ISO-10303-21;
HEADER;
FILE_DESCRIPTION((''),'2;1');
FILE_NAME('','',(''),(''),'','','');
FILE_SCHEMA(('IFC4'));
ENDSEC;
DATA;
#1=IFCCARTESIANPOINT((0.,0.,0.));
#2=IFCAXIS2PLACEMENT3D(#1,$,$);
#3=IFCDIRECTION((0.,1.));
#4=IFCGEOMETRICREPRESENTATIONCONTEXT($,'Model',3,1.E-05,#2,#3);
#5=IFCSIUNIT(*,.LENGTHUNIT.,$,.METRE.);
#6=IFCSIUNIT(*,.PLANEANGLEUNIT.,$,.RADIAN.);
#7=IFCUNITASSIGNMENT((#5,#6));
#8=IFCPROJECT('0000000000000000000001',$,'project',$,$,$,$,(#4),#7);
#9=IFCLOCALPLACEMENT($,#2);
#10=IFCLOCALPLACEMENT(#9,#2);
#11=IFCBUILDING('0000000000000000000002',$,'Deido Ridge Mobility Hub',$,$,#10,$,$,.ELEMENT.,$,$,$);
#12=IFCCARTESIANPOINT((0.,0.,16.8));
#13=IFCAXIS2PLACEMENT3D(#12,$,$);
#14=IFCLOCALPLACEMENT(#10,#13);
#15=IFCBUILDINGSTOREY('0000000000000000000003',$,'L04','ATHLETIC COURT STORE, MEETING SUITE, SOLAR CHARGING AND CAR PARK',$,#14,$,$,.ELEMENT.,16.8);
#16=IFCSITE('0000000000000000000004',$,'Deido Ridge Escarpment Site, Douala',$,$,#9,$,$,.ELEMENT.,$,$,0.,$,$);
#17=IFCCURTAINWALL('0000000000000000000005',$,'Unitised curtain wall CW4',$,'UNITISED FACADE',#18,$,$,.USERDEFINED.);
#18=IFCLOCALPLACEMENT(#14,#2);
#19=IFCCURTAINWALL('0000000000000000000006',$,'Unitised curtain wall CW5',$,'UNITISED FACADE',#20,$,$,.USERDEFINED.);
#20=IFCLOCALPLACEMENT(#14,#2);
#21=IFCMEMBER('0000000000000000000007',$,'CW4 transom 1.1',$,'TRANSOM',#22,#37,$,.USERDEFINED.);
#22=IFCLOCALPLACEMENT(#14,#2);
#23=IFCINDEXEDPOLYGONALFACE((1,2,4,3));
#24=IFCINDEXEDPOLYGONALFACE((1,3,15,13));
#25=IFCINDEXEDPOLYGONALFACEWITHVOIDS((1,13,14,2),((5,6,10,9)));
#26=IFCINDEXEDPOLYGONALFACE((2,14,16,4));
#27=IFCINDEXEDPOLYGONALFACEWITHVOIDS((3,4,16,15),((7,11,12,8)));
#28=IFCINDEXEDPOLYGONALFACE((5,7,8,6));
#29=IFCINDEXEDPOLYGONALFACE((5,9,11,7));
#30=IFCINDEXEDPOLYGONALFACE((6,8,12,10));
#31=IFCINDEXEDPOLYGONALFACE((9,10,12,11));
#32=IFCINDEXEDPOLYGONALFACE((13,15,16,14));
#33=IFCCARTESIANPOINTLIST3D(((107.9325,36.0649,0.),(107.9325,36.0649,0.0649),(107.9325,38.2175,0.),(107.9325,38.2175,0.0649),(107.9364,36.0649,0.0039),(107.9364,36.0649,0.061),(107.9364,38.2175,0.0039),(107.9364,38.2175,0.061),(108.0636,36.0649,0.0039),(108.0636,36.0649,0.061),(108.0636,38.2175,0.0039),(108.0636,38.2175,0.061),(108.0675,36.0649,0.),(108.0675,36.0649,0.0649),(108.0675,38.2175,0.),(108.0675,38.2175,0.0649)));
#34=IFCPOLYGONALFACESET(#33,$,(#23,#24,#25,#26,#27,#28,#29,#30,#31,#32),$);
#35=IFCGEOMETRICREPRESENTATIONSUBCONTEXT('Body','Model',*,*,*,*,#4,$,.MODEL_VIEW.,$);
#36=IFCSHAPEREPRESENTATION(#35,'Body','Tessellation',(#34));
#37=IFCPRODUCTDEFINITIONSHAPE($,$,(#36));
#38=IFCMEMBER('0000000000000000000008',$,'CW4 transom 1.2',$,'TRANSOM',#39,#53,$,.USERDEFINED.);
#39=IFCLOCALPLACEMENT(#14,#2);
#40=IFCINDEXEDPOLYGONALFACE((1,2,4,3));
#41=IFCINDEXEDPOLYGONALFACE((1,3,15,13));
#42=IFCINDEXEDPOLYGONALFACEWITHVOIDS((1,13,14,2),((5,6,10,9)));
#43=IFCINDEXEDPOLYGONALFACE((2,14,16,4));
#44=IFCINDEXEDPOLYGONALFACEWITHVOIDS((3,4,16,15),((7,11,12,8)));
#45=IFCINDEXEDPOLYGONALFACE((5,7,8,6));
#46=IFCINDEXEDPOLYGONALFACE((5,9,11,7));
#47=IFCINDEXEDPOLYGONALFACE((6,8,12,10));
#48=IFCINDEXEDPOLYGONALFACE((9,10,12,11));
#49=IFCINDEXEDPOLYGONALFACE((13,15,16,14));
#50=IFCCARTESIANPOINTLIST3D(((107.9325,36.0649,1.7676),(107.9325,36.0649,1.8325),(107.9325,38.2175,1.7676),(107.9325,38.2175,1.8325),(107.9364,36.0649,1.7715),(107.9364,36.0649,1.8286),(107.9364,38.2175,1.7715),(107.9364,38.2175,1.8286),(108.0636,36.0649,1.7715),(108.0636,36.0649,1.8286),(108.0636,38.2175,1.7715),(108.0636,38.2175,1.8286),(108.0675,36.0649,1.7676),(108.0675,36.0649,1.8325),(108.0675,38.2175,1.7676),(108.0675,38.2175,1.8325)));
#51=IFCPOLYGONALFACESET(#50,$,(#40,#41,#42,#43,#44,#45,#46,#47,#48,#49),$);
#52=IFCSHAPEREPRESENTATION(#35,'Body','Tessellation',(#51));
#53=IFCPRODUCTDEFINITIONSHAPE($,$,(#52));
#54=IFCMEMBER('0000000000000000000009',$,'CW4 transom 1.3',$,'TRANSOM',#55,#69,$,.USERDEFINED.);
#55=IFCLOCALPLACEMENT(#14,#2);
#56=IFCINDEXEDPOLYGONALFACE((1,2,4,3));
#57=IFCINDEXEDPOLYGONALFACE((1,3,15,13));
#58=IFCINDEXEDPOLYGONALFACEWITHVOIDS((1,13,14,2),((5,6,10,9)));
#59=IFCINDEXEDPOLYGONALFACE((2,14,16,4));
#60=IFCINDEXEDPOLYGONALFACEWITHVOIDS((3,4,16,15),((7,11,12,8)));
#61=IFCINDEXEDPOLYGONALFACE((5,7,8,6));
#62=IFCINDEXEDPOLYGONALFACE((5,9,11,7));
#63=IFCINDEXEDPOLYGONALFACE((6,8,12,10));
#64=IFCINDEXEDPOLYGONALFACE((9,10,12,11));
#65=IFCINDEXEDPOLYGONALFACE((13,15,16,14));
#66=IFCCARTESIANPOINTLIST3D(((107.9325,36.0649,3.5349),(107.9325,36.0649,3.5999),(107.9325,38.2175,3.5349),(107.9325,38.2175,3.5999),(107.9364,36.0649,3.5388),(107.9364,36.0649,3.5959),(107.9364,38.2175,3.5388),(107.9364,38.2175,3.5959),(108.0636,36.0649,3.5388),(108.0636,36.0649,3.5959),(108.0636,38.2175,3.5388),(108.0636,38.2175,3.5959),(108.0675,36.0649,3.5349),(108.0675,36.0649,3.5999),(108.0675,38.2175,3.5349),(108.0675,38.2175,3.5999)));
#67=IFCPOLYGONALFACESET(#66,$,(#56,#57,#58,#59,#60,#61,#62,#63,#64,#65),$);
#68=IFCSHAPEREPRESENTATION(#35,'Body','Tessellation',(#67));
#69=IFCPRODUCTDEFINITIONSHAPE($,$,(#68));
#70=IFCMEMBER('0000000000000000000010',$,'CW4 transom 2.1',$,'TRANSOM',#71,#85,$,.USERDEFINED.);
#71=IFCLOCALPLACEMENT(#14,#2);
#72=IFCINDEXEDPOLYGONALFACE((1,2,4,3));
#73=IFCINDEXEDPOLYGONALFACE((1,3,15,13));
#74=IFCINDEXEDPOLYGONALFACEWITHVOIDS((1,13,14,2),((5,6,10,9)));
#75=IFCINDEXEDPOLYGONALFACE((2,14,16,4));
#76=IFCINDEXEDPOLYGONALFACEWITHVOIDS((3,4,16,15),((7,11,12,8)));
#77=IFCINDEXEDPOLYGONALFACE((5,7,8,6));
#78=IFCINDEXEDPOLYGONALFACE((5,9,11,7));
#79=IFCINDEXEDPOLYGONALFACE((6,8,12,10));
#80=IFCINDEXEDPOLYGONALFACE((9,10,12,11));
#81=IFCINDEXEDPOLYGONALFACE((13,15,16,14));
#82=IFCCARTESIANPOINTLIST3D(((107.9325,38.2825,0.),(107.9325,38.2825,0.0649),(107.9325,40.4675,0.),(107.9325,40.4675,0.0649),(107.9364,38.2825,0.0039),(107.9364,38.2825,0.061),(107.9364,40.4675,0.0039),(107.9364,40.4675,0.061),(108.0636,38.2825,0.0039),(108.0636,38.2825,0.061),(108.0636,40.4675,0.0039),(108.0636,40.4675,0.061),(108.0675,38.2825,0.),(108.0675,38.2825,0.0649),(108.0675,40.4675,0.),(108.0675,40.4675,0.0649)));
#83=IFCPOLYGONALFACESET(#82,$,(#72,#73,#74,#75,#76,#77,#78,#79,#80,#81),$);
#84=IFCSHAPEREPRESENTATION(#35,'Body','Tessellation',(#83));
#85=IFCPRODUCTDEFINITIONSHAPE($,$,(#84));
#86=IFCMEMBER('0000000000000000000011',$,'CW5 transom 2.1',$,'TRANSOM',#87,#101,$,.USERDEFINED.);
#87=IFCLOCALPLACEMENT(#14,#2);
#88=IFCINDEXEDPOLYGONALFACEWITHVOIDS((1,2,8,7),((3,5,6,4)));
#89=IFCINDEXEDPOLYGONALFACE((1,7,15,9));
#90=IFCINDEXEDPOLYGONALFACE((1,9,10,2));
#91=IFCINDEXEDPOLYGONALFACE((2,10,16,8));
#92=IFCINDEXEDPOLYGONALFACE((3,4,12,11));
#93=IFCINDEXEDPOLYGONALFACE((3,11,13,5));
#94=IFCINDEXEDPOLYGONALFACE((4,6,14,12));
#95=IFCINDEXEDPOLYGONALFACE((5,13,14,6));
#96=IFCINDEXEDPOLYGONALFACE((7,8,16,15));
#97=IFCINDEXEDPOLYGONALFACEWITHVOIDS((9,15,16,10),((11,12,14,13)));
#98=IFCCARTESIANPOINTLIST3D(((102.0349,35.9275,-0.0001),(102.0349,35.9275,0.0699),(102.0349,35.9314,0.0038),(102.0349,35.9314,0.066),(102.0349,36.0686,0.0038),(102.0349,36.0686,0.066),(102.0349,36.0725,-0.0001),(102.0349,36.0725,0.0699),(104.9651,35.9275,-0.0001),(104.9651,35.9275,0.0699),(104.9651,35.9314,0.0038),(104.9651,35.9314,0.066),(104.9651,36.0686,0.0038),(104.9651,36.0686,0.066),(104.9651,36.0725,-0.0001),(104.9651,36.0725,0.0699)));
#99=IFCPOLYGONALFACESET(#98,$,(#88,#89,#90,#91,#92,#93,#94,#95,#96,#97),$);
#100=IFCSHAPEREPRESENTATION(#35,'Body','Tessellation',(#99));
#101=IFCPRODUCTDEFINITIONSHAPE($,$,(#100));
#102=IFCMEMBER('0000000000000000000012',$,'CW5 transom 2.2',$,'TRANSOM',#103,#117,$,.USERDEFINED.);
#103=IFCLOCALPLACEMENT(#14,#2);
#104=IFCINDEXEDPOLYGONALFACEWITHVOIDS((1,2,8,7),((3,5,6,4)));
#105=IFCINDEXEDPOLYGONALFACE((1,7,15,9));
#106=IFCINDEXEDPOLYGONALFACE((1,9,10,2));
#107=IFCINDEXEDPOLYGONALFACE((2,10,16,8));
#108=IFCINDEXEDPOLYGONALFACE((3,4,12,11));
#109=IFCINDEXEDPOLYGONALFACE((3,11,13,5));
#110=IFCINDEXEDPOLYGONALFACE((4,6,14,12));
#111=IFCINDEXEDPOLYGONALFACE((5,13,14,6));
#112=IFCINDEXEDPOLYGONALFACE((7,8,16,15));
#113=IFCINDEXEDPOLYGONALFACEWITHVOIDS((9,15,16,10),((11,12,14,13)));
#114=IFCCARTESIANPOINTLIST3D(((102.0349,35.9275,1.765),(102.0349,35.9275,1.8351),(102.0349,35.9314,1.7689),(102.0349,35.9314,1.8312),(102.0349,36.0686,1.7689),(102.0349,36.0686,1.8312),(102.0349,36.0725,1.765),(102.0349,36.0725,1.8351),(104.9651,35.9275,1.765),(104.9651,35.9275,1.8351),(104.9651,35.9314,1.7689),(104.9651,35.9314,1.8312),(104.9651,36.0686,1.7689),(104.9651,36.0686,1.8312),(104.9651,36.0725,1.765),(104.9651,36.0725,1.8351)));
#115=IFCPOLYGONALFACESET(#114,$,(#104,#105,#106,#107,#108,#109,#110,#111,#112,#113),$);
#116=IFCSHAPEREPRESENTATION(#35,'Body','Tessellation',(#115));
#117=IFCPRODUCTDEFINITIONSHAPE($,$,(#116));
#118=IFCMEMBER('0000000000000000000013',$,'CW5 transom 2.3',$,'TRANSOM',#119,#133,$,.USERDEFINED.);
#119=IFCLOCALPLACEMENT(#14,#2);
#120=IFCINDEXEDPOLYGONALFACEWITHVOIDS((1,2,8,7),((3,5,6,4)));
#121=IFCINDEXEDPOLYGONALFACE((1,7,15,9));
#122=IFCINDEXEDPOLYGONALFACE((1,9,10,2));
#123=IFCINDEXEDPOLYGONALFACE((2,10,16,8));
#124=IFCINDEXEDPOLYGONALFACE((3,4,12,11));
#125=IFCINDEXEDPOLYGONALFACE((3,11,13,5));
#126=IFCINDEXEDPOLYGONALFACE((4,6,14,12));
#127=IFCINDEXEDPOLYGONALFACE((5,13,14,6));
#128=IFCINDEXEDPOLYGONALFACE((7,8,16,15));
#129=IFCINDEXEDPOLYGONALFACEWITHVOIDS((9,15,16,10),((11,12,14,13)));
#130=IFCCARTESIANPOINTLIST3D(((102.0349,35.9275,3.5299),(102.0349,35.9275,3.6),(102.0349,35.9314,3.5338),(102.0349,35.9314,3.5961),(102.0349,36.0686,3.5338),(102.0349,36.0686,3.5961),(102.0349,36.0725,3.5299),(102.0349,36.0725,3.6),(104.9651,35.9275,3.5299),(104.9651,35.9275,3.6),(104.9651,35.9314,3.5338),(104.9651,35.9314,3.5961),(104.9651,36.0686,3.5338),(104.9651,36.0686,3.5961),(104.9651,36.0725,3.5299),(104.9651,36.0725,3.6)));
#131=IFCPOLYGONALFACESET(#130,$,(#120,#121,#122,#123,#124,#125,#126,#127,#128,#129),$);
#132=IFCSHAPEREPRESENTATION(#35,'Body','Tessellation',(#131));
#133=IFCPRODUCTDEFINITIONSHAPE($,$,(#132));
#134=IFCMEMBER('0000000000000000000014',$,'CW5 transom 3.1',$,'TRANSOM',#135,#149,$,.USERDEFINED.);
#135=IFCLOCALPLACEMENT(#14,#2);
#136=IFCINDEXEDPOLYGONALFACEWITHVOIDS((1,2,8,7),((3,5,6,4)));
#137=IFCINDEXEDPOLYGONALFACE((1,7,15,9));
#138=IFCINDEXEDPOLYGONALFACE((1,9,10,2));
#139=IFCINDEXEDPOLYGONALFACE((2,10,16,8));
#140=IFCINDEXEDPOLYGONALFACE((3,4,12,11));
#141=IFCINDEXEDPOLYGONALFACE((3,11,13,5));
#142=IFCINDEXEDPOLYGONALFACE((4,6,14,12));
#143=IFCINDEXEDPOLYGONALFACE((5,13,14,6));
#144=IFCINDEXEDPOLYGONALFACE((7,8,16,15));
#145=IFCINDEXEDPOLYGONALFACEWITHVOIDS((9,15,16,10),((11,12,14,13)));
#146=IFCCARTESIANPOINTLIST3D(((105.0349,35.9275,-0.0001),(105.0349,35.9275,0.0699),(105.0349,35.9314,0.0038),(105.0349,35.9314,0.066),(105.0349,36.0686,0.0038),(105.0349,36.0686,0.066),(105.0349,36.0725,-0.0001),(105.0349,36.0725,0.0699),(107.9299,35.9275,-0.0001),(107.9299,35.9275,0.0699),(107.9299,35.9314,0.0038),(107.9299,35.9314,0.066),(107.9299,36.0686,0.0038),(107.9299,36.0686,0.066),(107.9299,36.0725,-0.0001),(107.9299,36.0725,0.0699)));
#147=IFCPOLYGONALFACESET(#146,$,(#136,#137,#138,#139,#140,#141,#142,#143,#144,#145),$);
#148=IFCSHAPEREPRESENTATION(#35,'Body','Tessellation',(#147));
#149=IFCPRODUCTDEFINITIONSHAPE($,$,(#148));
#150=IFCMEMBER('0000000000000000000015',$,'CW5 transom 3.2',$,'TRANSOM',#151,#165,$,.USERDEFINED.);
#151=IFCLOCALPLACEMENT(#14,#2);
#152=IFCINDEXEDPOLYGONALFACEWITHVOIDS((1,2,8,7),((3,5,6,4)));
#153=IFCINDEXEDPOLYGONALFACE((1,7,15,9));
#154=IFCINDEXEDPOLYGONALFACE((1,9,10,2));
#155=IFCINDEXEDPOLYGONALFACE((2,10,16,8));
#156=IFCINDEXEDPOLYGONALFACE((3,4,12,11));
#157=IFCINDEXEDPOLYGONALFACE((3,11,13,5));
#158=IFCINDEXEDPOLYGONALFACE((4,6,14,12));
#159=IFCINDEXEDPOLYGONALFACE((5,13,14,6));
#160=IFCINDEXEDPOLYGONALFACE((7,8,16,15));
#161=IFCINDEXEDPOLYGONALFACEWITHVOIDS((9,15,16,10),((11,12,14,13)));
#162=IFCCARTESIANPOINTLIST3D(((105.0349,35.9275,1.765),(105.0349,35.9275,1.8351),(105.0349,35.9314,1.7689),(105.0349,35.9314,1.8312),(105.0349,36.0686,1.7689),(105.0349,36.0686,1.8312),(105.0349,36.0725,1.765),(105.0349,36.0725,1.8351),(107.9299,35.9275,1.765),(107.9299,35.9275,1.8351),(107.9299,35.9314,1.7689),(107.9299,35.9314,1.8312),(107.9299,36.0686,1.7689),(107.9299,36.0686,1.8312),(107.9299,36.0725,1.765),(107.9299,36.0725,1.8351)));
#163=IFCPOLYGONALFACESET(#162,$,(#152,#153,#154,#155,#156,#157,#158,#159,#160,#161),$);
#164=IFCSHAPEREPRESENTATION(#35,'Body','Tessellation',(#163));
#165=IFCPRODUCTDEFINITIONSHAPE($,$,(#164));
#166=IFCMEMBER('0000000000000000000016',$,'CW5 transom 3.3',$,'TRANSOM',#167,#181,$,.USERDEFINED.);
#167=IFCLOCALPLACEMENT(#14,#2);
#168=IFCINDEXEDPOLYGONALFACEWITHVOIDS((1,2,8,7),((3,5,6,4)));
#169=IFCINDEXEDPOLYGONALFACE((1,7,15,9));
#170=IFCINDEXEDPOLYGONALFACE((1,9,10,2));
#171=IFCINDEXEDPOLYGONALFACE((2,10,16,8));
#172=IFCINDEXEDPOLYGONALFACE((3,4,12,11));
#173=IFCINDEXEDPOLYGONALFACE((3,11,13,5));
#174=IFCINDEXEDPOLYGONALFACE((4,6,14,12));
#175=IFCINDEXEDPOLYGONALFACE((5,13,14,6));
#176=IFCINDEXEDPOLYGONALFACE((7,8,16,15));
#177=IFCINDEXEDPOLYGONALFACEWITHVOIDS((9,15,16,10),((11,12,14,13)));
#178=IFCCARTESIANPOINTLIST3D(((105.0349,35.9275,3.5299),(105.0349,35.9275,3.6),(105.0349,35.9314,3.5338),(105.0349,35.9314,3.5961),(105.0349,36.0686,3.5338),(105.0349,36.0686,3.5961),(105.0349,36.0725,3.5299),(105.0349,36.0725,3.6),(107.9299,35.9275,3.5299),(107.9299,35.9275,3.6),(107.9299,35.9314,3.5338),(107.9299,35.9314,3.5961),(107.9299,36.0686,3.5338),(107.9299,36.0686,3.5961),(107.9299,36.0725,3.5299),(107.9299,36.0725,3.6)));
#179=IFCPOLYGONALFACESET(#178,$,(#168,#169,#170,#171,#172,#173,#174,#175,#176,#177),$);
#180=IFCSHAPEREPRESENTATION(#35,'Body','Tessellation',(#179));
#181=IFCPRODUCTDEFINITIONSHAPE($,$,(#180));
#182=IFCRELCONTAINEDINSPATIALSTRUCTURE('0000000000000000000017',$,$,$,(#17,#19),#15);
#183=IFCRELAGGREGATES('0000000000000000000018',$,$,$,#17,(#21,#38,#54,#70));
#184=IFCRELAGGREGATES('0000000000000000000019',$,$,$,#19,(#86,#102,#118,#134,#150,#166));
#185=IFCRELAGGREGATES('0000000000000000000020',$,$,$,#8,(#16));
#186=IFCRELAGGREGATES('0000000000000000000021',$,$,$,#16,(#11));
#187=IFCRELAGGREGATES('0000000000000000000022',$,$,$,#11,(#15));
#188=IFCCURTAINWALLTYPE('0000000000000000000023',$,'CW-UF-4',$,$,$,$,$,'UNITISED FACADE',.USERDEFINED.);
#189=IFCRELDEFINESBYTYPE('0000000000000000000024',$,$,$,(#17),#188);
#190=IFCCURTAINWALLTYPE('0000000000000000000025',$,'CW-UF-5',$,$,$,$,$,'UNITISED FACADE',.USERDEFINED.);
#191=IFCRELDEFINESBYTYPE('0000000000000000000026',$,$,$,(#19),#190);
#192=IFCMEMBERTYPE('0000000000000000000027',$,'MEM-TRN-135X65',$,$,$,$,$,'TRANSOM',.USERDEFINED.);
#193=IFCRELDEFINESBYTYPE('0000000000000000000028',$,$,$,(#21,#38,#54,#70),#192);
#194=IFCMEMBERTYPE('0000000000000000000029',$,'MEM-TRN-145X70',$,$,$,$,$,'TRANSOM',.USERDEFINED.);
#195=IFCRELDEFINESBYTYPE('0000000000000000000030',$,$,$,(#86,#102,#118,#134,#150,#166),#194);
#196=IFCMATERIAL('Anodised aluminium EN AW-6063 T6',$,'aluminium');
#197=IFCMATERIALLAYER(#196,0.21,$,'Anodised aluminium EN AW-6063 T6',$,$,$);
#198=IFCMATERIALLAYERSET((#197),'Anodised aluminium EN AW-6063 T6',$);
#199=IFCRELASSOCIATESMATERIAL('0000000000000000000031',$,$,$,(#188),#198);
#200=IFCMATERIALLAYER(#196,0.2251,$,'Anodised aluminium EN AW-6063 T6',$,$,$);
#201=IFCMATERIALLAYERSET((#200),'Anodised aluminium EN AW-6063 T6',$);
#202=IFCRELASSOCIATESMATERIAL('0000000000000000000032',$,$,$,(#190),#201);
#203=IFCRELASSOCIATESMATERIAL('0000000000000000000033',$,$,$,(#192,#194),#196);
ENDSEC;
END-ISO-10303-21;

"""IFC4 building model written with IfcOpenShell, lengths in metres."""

from ifc_helpers import new_model, si_unit, direction, frame, origin, origin_2d, place, context, subcontext, project, spatial, hollow_rectangle, extrude, material, layer, layer_set, material_profile, profile_set, type_object, element, aggregate, save


model = new_model("IFC4")

# Units and contexts
model_context = context("Model", 3, precision=1e-05, world=origin(), true_north=direction((0.0, 1.0)))
body_context = subcontext(model_context, "Body", "Model", "MODEL_VIEW")
ifc_project = project(units=[si_unit("LENGTHUNIT", "METRE"), si_unit("PLANEANGLEUNIT", "RADIAN")], contexts=[model_context])

# Site, building, storey
site_placement = place(None, origin())
site = spatial("IfcSite", under=ifc_project, at=site_placement, Name="Deido Ridge Escarpment Site, Douala", CompositionType="ELEMENT", RefElevation=0.0)
building_placement = place(site_placement, origin())
building = spatial("IfcBuilding", under=site, at=building_placement, Name="Deido Ridge Mobility Hub", CompositionType="ELEMENT")
storey_placement = place(building_placement, frame((0.0, 0.0, 16.8)))
storey = spatial("IfcBuildingStorey", under=building, at=storey_placement, Name="L04", Description="ATHLETIC COURT STORE, MEETING SUITE, SOLAR CHARGING AND CAR PARK", CompositionType="ELEMENT", Elevation=16.8)

# Curtain walls
ifc_material_1 = material(Name="Anodised aluminium EN AW-6063 T6", Category="aluminium")
ifc_layer_1 = layer(ifc_material_1, 0.21, Name="Anodised aluminium EN AW-6063 T6")
ifc_layer_set_1 = layer_set([ifc_layer_1], Name="Anodised aluminium EN AW-6063 T6")
curtain_wall_type_1 = type_object("IfcCurtainWallType", Name="CW-UF-4", ElementType="UNITISED FACADE", PredefinedType="USERDEFINED", material=ifc_layer_set_1)
curtain_wall_1_placement = place(storey_placement, origin())
curtain_wall_1 = element("IfcCurtainWall", 1, at=curtain_wall_1_placement, inside=storey, type_object=curtain_wall_type_1, Name="Unitised curtain wall CW4", ObjectType="UNITISED FACADE", PredefinedType="USERDEFINED")
ifc_layer_2 = layer(ifc_material_1, 0.2251, Name="Anodised aluminium EN AW-6063 T6")
ifc_layer_set_2 = layer_set([ifc_layer_2], Name="Anodised aluminium EN AW-6063 T6")
curtain_wall_type_2 = type_object("IfcCurtainWallType", Name="CW-UF-5", ElementType="UNITISED FACADE", PredefinedType="USERDEFINED", material=ifc_layer_set_2)
curtain_wall_2_placement = place(storey_placement, origin())
curtain_wall_2 = element("IfcCurtainWall", 2, at=curtain_wall_2_placement, inside=storey, type_object=curtain_wall_type_2, Name="Unitised curtain wall CW5", ObjectType="UNITISED FACADE", PredefinedType="USERDEFINED")

# Members
ifc_material_profile_1 = material_profile(ifc_material_1, hollow_rectangle(XDim=0.135, YDim=0.0649, WallThickness=0.0039, at=origin_2d()), Name="RHS 135x65x4")
ifc_profile_set_1 = profile_set([ifc_material_profile_1], Name="Anodised aluminium EN AW-6063 T6")
member_type_1 = type_object("IfcMemberType", Name="MEM-TRN-135X65", ElementType="TRANSOM", PredefinedType="USERDEFINED", material=ifc_profile_set_1)
member_1_placement = place(storey_placement, frame((108.0, 36.0649, 0.0325), z_axis=(0.0, 1.0, 0.0), x_axis=(-1.0, 0.0, 0.0)))
member_1 = element("IfcMember", 3, at=member_1_placement, type_object=member_type_1, Name="CW4 transom 1.1", ObjectType="TRANSOM", PredefinedType="USERDEFINED", context=body_context, shape_type="SweptSolid", body=[
    extrude(hollow_rectangle(XDim=0.135, YDim=0.0649, WallThickness=0.0039, at=origin_2d()), origin(), (0.0, 0.0, 1.0), 2.1526),
])
member_2_placement = place(storey_placement, frame((108.0, 36.0649, 1.8), z_axis=(0.0, 1.0, 0.0), x_axis=(-1.0, 0.0, 0.0)))
member_2 = element("IfcMember", 4, at=member_2_placement, type_object=member_type_1, Name="CW4 transom 1.2", ObjectType="TRANSOM", PredefinedType="USERDEFINED", context=body_context, shape_type="SweptSolid", body=[
    extrude(hollow_rectangle(XDim=0.135, YDim=0.0649, WallThickness=0.0039, at=origin_2d()), origin(), (0.0, 0.0, 1.0), 2.1526),
])
member_3_placement = place(storey_placement, frame((108.0, 36.0649, 3.5674), z_axis=(0.0, 1.0, 0.0), x_axis=(-1.0, 0.0, 0.0)))
member_3 = element("IfcMember", 5, at=member_3_placement, type_object=member_type_1, Name="CW4 transom 1.3", ObjectType="TRANSOM", PredefinedType="USERDEFINED", context=body_context, shape_type="SweptSolid", body=[
    extrude(hollow_rectangle(XDim=0.135, YDim=0.0649, WallThickness=0.0039, at=origin_2d()), origin(), (0.0, 0.0, 1.0), 2.1526),
])
member_4_placement = place(storey_placement, frame((108.0, 38.2825, 0.0325), z_axis=(0.0, 1.0, 0.0), x_axis=(-1.0, 0.0, 0.0)))
member_4 = element("IfcMember", 6, at=member_4_placement, type_object=member_type_1, Name="CW4 transom 2.1", ObjectType="TRANSOM", PredefinedType="USERDEFINED", context=body_context, shape_type="SweptSolid", body=[
    extrude(hollow_rectangle(XDim=0.135, YDim=0.0649, WallThickness=0.0039, at=origin_2d()), origin(), (0.0, 0.0, 1.0), 2.1851),
])
ifc_material_profile_2 = material_profile(ifc_material_1, hollow_rectangle(XDim=0.145, YDim=0.0701, WallThickness=0.0039, at=origin_2d()), Name="RHS 145x70x4")
ifc_profile_set_2 = profile_set([ifc_material_profile_2], Name="Anodised aluminium EN AW-6063 T6")
member_type_2 = type_object("IfcMemberType", Name="MEM-TRN-145X70", ElementType="TRANSOM", PredefinedType="USERDEFINED", material=ifc_profile_set_2)
member_5_placement = place(storey_placement, frame((102.0349, 36.0, 0.0349), z_axis=(1.0, 0.0, 0.0), x_axis=(0.0, 1.0, 0.0)))
member_5 = element("IfcMember", 7, at=member_5_placement, type_object=member_type_2, Name="CW5 transom 2.1", ObjectType="TRANSOM", PredefinedType="USERDEFINED", context=body_context, shape_type="SweptSolid", body=[
    extrude(hollow_rectangle(XDim=0.145, YDim=0.0701, WallThickness=0.0039, at=origin_2d()), origin(), (0.0, 0.0, 1.0), 2.9302),
])
member_6_placement = place(storey_placement, frame((102.0349, 36.0, 1.8), z_axis=(1.0, 0.0, 0.0), x_axis=(0.0, 1.0, 0.0)))
member_6 = element("IfcMember", 8, at=member_6_placement, type_object=member_type_2, Name="CW5 transom 2.2", ObjectType="TRANSOM", PredefinedType="USERDEFINED", context=body_context, shape_type="SweptSolid", body=[
    extrude(hollow_rectangle(XDim=0.145, YDim=0.0701, WallThickness=0.0039, at=origin_2d()), origin(), (0.0, 0.0, 1.0), 2.9302),
])
member_7_placement = place(storey_placement, frame((102.0349, 36.0, 3.5649), z_axis=(1.0, 0.0, 0.0), x_axis=(0.0, 1.0, 0.0)))
member_7 = element("IfcMember", 9, at=member_7_placement, type_object=member_type_2, Name="CW5 transom 2.3", ObjectType="TRANSOM", PredefinedType="USERDEFINED", context=body_context, shape_type="SweptSolid", body=[
    extrude(hollow_rectangle(XDim=0.145, YDim=0.0701, WallThickness=0.0039, at=origin_2d()), origin(), (0.0, 0.0, 1.0), 2.9302),
])
member_8_placement = place(storey_placement, frame((105.0349, 36.0, 0.0349), z_axis=(1.0, 0.0, 0.0), x_axis=(0.0, 1.0, 0.0)))
member_8 = element("IfcMember", 10, at=member_8_placement, type_object=member_type_2, Name="CW5 transom 3.1", ObjectType="TRANSOM", PredefinedType="USERDEFINED", context=body_context, shape_type="SweptSolid", body=[
    extrude(hollow_rectangle(XDim=0.145, YDim=0.0701, WallThickness=0.0039, at=origin_2d()), origin(), (0.0, 0.0, 1.0), 2.895),
])
member_9_placement = place(storey_placement, frame((105.0349, 36.0, 1.8), z_axis=(1.0, 0.0, 0.0), x_axis=(0.0, 1.0, 0.0)))
member_9 = element("IfcMember", 11, at=member_9_placement, type_object=member_type_2, Name="CW5 transom 3.2", ObjectType="TRANSOM", PredefinedType="USERDEFINED", context=body_context, shape_type="SweptSolid", body=[
    extrude(hollow_rectangle(XDim=0.145, YDim=0.0701, WallThickness=0.0039, at=origin_2d()), origin(), (0.0, 0.0, 1.0), 2.895),
])
member_10_placement = place(storey_placement, frame((105.0349, 36.0, 3.5649), z_axis=(1.0, 0.0, 0.0), x_axis=(0.0, 1.0, 0.0)))
member_10 = element("IfcMember", 12, at=member_10_placement, type_object=member_type_2, Name="CW5 transom 3.3", ObjectType="TRANSOM", PredefinedType="USERDEFINED", context=body_context, shape_type="SweptSolid", body=[
    extrude(hollow_rectangle(XDim=0.145, YDim=0.0701, WallThickness=0.0039, at=origin_2d()), origin(), (0.0, 0.0, 1.0), 2.895),
])

aggregate(curtain_wall_1, [member_1, member_2, member_3, member_4])
aggregate(curtain_wall_2, [member_5, member_6, member_7, member_8, member_9, member_10])

save(model, "model.ifc")
